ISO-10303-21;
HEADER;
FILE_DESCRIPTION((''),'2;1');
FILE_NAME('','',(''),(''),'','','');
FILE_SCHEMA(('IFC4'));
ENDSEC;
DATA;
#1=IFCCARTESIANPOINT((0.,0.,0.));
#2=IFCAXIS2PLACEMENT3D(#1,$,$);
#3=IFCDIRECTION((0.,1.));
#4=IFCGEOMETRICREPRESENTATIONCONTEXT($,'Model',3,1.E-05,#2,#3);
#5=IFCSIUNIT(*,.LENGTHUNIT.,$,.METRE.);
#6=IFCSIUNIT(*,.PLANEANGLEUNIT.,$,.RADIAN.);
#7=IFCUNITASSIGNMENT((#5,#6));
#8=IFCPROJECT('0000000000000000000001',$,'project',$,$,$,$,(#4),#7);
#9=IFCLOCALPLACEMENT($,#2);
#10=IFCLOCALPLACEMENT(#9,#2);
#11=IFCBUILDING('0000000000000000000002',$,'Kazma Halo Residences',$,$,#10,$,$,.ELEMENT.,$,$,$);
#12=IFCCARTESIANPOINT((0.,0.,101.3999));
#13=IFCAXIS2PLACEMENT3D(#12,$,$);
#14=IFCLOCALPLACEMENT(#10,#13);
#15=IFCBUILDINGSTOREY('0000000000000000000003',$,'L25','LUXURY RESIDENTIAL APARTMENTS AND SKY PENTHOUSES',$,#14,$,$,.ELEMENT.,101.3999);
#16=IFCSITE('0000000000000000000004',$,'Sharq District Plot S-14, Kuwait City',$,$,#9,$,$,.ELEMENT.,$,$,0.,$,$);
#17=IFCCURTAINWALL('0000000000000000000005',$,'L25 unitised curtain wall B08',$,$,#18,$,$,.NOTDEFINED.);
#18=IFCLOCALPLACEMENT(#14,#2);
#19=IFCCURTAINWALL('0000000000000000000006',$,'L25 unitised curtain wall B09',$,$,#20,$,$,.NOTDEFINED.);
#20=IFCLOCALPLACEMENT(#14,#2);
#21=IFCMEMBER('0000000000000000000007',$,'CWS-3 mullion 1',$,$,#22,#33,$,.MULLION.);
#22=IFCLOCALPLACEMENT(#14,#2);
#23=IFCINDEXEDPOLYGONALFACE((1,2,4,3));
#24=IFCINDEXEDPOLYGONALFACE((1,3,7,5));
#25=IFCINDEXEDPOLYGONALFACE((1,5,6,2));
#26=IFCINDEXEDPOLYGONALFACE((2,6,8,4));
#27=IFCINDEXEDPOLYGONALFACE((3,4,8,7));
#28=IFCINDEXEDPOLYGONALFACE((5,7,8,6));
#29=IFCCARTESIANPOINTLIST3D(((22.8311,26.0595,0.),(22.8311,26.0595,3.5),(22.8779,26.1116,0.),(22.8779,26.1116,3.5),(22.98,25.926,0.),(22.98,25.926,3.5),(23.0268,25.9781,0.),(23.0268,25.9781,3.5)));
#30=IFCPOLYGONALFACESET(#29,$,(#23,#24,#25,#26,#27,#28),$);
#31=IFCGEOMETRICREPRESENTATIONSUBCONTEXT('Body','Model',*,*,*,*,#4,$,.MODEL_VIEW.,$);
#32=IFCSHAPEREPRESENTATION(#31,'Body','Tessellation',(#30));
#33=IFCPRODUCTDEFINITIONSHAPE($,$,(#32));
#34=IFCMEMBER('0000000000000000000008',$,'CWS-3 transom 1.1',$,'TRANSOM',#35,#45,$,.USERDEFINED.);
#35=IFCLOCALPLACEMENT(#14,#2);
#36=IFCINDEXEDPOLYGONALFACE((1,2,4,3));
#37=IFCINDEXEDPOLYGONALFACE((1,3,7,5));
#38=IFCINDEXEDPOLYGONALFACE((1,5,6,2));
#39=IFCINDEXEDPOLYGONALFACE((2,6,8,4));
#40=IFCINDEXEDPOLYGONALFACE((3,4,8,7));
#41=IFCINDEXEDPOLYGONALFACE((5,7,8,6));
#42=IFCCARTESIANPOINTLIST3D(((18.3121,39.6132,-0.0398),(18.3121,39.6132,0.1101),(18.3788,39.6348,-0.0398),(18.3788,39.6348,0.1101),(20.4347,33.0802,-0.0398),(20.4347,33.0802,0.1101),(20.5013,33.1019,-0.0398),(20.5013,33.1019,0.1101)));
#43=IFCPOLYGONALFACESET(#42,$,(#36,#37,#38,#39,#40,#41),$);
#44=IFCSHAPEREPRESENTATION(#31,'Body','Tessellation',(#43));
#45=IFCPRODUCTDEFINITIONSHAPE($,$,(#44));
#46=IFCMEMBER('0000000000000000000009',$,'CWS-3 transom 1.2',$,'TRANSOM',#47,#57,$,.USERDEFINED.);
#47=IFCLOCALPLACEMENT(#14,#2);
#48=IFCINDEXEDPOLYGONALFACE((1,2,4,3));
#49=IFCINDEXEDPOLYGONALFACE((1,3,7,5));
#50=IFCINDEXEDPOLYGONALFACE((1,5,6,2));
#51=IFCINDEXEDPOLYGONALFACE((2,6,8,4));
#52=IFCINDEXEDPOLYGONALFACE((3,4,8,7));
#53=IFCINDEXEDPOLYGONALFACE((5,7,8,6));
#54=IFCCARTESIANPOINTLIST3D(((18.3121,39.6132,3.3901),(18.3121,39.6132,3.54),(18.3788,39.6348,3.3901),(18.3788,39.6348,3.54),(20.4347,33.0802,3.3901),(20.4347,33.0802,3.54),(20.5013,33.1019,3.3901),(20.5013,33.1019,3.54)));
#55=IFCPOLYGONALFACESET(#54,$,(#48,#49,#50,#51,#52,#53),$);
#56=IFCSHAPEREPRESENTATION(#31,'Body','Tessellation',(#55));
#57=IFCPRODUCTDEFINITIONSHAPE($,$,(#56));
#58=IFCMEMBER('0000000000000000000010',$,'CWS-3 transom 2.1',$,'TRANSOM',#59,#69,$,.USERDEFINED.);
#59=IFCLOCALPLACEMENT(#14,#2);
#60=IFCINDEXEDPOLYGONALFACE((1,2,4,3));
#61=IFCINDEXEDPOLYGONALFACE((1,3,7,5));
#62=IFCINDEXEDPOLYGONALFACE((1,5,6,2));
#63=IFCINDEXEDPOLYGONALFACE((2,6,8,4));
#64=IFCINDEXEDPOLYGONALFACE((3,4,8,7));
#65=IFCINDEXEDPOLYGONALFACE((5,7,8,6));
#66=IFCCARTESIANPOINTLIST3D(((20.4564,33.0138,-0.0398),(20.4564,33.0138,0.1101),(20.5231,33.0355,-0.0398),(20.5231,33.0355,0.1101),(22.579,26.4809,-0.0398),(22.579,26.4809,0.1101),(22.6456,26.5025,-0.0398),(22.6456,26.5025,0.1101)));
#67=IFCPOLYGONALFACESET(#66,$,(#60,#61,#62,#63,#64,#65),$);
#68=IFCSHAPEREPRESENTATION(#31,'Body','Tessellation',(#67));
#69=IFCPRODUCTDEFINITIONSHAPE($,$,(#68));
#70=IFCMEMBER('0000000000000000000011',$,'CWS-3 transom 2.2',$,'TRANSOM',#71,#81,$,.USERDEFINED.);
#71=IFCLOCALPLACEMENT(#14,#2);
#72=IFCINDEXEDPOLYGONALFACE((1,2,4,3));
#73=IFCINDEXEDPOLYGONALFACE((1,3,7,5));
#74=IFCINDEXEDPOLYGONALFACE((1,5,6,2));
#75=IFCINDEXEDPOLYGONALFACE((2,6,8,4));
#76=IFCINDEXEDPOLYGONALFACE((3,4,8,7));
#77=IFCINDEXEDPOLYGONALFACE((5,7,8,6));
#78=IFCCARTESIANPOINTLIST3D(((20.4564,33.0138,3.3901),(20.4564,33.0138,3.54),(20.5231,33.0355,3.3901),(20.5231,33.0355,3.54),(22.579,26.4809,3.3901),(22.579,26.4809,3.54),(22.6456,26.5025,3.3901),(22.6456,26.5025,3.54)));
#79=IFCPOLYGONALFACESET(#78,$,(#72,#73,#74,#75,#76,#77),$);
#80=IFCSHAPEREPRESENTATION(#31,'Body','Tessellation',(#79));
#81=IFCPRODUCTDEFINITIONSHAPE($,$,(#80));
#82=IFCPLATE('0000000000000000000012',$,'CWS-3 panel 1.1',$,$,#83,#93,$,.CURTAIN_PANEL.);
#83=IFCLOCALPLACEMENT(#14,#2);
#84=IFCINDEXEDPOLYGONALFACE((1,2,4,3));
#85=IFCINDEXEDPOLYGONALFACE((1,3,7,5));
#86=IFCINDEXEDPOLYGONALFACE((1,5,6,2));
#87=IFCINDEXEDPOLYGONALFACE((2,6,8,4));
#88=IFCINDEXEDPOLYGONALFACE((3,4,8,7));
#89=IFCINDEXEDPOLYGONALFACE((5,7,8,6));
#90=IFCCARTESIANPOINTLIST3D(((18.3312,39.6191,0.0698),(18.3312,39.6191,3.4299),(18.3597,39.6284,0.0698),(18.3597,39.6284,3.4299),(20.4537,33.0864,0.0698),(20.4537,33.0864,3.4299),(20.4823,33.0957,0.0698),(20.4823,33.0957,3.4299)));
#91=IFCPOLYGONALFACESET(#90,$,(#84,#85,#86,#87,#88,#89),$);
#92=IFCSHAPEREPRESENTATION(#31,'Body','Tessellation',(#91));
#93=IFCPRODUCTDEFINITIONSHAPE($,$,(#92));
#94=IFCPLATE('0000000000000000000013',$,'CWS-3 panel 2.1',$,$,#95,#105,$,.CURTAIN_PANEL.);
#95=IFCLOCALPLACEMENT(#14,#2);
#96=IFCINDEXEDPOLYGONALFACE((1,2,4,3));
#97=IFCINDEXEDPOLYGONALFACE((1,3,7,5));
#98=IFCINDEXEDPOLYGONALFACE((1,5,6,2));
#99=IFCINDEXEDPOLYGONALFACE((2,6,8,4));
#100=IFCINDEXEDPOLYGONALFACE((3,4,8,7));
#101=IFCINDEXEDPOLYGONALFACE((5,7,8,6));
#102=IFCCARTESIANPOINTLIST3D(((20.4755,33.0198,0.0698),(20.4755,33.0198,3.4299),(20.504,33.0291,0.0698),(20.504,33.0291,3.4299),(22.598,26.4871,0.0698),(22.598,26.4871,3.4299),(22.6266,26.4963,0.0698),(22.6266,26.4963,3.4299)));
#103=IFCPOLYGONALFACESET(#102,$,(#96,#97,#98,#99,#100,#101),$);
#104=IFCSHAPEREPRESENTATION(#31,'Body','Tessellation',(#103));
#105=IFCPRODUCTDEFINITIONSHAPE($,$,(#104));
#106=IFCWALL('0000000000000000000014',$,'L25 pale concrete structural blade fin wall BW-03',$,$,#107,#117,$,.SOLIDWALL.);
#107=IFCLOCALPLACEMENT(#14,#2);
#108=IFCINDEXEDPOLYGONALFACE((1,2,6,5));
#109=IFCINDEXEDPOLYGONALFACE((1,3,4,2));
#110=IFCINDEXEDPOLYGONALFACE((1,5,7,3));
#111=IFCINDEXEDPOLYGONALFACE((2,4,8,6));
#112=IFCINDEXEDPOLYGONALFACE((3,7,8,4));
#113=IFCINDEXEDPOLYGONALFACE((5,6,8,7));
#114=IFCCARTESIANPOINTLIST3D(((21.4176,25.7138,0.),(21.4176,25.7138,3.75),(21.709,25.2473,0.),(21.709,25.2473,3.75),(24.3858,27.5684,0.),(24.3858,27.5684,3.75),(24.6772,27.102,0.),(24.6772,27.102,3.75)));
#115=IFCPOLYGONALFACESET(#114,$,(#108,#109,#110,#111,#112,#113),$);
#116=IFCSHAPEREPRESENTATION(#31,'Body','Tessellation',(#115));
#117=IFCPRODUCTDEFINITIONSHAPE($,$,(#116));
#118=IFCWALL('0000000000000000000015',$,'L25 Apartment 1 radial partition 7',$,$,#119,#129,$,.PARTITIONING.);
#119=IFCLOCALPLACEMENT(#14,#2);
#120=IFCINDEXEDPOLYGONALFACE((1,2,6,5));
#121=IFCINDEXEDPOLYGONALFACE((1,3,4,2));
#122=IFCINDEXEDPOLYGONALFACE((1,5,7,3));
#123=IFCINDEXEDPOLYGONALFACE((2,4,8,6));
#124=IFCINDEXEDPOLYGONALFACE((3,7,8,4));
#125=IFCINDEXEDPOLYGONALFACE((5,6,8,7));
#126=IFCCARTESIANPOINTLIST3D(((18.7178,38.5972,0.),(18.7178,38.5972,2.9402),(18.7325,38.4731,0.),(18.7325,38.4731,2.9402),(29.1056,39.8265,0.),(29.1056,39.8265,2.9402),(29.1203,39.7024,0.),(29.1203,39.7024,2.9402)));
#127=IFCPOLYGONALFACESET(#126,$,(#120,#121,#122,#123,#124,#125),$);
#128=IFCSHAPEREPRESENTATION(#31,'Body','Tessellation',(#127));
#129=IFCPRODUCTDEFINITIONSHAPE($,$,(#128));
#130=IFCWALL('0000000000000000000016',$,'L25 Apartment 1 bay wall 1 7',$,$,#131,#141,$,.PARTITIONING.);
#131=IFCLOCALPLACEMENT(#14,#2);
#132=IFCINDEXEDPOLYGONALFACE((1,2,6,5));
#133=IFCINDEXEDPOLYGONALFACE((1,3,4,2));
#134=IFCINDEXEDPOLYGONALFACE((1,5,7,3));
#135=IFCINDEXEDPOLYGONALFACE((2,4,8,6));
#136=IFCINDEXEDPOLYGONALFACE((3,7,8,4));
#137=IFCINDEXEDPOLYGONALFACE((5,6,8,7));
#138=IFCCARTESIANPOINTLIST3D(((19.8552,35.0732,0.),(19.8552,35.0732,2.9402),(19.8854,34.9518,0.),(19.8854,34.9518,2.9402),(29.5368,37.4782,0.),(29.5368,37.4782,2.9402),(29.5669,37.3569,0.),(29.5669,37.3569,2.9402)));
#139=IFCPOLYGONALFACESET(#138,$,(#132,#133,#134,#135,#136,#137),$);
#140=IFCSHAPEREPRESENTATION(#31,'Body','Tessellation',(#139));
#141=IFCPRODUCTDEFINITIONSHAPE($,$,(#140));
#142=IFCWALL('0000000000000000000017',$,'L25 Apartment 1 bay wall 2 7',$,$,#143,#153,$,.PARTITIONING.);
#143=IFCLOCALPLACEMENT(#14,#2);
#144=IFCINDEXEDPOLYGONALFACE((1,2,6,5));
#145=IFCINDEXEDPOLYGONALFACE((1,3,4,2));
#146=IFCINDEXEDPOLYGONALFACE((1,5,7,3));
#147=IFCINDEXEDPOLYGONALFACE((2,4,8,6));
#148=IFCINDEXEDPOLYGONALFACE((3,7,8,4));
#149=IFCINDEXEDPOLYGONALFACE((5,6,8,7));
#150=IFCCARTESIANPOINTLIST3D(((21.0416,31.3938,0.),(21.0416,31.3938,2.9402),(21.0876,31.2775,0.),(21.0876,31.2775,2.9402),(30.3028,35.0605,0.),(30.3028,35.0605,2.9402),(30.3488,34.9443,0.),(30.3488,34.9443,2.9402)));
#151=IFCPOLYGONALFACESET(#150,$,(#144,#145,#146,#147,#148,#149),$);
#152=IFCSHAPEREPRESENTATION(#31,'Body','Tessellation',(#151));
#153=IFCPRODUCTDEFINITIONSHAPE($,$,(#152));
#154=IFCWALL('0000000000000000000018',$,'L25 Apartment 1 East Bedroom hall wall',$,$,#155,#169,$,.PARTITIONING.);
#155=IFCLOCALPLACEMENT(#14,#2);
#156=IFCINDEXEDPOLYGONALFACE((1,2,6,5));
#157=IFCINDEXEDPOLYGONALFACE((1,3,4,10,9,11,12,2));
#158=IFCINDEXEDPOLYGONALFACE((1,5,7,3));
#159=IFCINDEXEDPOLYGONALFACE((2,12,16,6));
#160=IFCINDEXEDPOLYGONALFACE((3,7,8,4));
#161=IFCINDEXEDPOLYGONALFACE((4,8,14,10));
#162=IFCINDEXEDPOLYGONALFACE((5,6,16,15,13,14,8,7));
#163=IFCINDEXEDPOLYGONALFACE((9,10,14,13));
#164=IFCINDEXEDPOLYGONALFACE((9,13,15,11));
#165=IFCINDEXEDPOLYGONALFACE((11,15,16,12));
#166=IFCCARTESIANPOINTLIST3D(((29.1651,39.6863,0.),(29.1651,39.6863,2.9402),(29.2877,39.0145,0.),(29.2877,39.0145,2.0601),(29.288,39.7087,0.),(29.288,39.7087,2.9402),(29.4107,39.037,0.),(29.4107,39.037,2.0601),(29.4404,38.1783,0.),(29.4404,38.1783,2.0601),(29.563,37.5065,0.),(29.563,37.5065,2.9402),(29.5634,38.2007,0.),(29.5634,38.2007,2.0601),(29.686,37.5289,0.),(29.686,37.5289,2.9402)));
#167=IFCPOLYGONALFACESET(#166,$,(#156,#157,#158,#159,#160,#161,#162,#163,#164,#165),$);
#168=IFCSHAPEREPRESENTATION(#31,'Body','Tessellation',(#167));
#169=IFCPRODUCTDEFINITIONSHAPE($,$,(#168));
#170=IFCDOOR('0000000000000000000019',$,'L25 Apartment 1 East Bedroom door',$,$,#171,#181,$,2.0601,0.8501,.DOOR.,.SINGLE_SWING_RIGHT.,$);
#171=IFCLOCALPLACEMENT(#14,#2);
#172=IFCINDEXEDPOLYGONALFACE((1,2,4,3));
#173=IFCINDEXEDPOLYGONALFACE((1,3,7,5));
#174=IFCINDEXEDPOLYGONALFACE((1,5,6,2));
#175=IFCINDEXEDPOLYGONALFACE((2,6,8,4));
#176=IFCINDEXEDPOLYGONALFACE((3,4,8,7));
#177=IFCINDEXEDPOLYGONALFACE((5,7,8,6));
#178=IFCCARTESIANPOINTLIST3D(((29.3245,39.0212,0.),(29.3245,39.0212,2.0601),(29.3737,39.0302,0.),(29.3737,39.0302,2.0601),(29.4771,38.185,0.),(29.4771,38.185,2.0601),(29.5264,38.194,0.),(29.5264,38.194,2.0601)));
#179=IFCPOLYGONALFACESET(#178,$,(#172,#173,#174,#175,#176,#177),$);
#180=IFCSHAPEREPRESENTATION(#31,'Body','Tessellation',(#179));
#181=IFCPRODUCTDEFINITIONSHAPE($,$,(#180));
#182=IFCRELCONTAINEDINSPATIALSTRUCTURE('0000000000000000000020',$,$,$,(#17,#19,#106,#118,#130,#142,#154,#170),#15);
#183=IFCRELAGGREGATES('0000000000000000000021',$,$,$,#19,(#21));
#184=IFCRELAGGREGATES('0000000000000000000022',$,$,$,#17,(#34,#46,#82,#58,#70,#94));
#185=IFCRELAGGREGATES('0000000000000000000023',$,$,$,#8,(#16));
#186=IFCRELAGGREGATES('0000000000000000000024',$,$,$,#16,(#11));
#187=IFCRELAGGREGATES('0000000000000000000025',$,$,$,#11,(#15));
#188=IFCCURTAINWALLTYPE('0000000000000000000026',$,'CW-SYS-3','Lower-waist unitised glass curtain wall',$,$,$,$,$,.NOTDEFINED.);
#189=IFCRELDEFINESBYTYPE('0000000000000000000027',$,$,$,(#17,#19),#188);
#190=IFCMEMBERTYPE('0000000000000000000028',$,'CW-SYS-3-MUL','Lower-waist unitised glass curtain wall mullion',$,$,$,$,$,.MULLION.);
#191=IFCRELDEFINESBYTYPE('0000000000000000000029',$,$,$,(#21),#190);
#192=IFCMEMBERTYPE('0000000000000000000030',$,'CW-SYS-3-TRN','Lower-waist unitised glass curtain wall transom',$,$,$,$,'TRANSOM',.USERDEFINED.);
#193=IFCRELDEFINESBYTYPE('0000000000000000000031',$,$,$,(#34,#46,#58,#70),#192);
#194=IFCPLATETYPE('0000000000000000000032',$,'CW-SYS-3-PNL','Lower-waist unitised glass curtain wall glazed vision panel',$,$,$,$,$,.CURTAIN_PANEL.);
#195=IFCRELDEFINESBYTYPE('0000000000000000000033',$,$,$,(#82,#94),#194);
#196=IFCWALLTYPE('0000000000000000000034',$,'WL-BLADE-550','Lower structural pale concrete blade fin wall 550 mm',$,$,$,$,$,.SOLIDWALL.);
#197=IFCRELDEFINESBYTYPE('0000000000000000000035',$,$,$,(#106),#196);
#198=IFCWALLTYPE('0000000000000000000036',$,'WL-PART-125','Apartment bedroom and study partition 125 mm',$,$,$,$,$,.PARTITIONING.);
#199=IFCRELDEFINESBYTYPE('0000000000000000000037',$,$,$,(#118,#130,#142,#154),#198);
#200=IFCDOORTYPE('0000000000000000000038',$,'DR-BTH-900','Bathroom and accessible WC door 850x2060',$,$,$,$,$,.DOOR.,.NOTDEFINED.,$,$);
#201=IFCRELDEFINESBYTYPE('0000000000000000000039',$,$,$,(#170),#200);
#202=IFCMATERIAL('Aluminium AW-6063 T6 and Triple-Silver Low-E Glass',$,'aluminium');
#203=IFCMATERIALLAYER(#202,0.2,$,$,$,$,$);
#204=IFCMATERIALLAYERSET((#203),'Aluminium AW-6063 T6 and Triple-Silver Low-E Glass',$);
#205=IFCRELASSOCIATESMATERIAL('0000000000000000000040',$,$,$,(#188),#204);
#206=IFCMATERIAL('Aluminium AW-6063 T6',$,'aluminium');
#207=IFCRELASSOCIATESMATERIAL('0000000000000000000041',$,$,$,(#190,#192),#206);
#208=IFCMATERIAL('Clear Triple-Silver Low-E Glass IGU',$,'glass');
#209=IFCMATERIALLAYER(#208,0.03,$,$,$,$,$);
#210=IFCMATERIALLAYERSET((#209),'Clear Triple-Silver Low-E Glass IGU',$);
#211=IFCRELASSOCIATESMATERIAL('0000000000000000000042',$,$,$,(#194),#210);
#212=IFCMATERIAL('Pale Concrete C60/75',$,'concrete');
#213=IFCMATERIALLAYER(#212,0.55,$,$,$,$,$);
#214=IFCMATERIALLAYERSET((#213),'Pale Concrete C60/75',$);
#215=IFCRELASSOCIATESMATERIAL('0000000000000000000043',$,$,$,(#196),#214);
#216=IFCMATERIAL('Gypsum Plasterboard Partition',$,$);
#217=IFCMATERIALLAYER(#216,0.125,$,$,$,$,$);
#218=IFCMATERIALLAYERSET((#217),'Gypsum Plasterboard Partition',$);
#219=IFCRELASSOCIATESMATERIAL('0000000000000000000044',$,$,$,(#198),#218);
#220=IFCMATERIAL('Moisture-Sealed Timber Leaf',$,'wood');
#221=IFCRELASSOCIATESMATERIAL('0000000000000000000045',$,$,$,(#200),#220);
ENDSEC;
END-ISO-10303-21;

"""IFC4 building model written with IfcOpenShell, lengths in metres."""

from ifc_helpers import new_model, si_unit, direction, frame, frame_2d, origin, origin_2d, place, context, subcontext, project, spatial, rectangle, extrude, material, layer, layer_set, material_profile, profile_set, type_object, element, fill, aggregate, save


model = new_model("IFC4")

# Units and contexts
model_context = context("Model", 3, precision=1e-05, world=origin(), true_north=direction((0.0, 1.0)))
body_context = subcontext(model_context, "Body", "Model", "MODEL_VIEW")
ifc_project = project(units=[si_unit("LENGTHUNIT", "METRE"), si_unit("PLANEANGLEUNIT", "RADIAN")], contexts=[model_context])

# Site, building, storey
site_placement = place(None, origin())
site = spatial("IfcSite", under=ifc_project, at=site_placement, Name="Sharq District Plot S-14, Kuwait City", CompositionType="ELEMENT", RefElevation=0.0)
building_placement = place(site_placement, origin())
building = spatial("IfcBuilding", under=site, at=building_placement, Name="Kazma Halo Residences", CompositionType="ELEMENT")
storey_placement = place(building_placement, frame((0.0, 0.0, 101.3999)))
storey = spatial("IfcBuildingStorey", under=building, at=storey_placement, Name="L25", Description="LUXURY RESIDENTIAL APARTMENTS AND SKY PENTHOUSES", CompositionType="ELEMENT", Elevation=101.3999)

# Curtain wall
ifc_material_1 = material(Name="Aluminium AW-6063 T6 and Triple-Silver Low-E Glass", Category="aluminium")
ifc_layer_1 = layer(ifc_material_1, 0.2)
ifc_layer_set_1 = layer_set([ifc_layer_1], Name="Aluminium AW-6063 T6 and Triple-Silver Low-E Glass")
curtain_wall_type = type_object("IfcCurtainWallType", Name="CW-SYS-3", Description="Lower-waist unitised glass curtain wall", PredefinedType="NOTDEFINED", material=ifc_layer_set_1)
curtain_wall_1_placement = place(storey_placement, origin())
curtain_wall_1 = element("IfcCurtainWall", 1, at=curtain_wall_1_placement, inside=storey, type_object=curtain_wall_type, Name="L25 unitised curtain wall B08", PredefinedType="NOTDEFINED")
ifc_material_2 = material(Name="Aluminium AW-6063 T6", Category="aluminium")
ifc_material_profile_1 = material_profile(ifc_material_2, rectangle(XDim=0.0701, YDim=0.2, at=origin_2d()), Name="CWM-70x200")
ifc_profile_set_1 = profile_set([ifc_material_profile_1], Name="Aluminium AW-6063 T6")
member_type_1 = type_object("IfcMemberType", Name="CW-SYS-3-MUL", Description="Lower-waist unitised glass curtain wall mullion", PredefinedType="MULLION", material=ifc_profile_set_1)

# Curtain wall, member
curtain_wall_2_placement = place(storey_placement, origin())
curtain_wall_2 = element("IfcCurtainWall", 2, at=curtain_wall_2_placement, inside=storey, type_object=curtain_wall_type, Name="L25 unitised curtain wall B09", PredefinedType="NOTDEFINED")
member_1_placement = place(storey_placement, frame((22.929, 26.0188, 0.0), z_axis=(0.0, 0.0, 1.0), x_axis=(0.667795, 0.744345, 0.0)))
member_1 = element("IfcMember", 3, at=member_1_placement, type_object=member_type_1, Name="CWS-3 mullion 1", PredefinedType="MULLION", context=body_context, shape_type="SweptSolid", body=[
    extrude(rectangle(XDim=0.0701, YDim=0.2, at=origin_2d()), origin(), (0.0, 0.0, 1.0), 3.5),
])
aggregate(curtain_wall_2, [member_1])

# Members
ifc_material_profile_2 = material_profile(ifc_material_2, rectangle(XDim=0.0701, YDim=0.1499, at=origin_2d()), Name="CWT-70x150")
ifc_profile_set_2 = profile_set([ifc_material_profile_2], Name="Aluminium AW-6063 T6")
member_type_2 = type_object("IfcMemberType", Name="CW-SYS-3-TRN", Description="Lower-waist unitised glass curtain wall transom", ElementType="TRANSOM", PredefinedType="USERDEFINED", material=ifc_profile_set_2)
member_2_placement = place(storey_placement, frame((18.3455, 39.624, 0.0352), z_axis=(0.309, -0.951062, 0.0), x_axis=(0.951062, 0.309, 0.0)))
member_2 = element("IfcMember", 4, at=member_2_placement, type_object=member_type_2, Name="CWS-3 transom 1.1", ObjectType="TRANSOM", PredefinedType="USERDEFINED", context=body_context, shape_type="SweptSolid", body=[
    extrude(rectangle(XDim=0.0701, YDim=0.1499, at=origin_2d()), origin(), (0.0, 0.0, 1.0), 6.8691),
])
member_3_placement = place(storey_placement, frame((18.3455, 39.624, 3.4651), z_axis=(0.309, -0.951062, 0.0), x_axis=(0.951062, 0.309, 0.0)))
member_3 = element("IfcMember", 5, at=member_3_placement, type_object=member_type_2, Name="CWS-3 transom 1.2", ObjectType="TRANSOM", PredefinedType="USERDEFINED", context=body_context, shape_type="SweptSolid", body=[
    extrude(rectangle(XDim=0.0701, YDim=0.1499, at=origin_2d()), origin(), (0.0, 0.0, 1.0), 6.8691),
])
member_4_placement = place(storey_placement, frame((20.4897, 33.0247, 0.0352), z_axis=(0.309, -0.951062, 0.0), x_axis=(0.951062, 0.309, 0.0)))
member_4 = element("IfcMember", 6, at=member_4_placement, type_object=member_type_2, Name="CWS-3 transom 2.1", ObjectType="TRANSOM", PredefinedType="USERDEFINED", context=body_context, shape_type="SweptSolid", body=[
    extrude(rectangle(XDim=0.0701, YDim=0.1499, at=origin_2d()), origin(), (0.0, 0.0, 1.0), 6.8691),
])
member_5_placement = place(storey_placement, frame((20.4897, 33.0247, 3.4651), z_axis=(0.309, -0.951062, 0.0), x_axis=(0.951062, 0.309, 0.0)))
member_5 = element("IfcMember", 7, at=member_5_placement, type_object=member_type_2, Name="CWS-3 transom 2.2", ObjectType="TRANSOM", PredefinedType="USERDEFINED", context=body_context, shape_type="SweptSolid", body=[
    extrude(rectangle(XDim=0.0701, YDim=0.1499, at=origin_2d()), origin(), (0.0, 0.0, 1.0), 6.8691),
])

# Plates
ifc_material_3 = material(Name="Clear Triple-Silver Low-E Glass IGU", Category="glass")
ifc_layer_2 = layer(ifc_material_3, 0.03)
ifc_layer_set_2 = layer_set([ifc_layer_2], Name="Clear Triple-Silver Low-E Glass IGU")
plate_type = type_object("IfcPlateType", Name="CW-SYS-3-PNL", Description="Lower-waist unitised glass curtain wall glazed vision panel", PredefinedType="CURTAIN_PANEL", material=ifc_layer_set_2)
plate_1_placement = place(storey_placement, frame((19.4067, 36.3574, 0.0698), z_axis=(0.0, 0.0, 1.0), x_axis=(0.309013, -0.951058, 0.0)))
plate_1 = element("IfcPlate", 8, at=plate_1_placement, type_object=plate_type, Name="CWS-3 panel 1.1", PredefinedType="CURTAIN_PANEL", context=body_context, shape_type="SweptSolid", body=[
    extrude(rectangle(XDim=6.8689, YDim=0.03, at=origin_2d()), origin(), (0.0, 0.0, 1.0), 3.3601),
])
plate_2_placement = place(storey_placement, frame((21.551, 29.7581, 0.0698), z_axis=(0.0, 0.0, 1.0), x_axis=(0.309013, -0.951058, 0.0)))
plate_2 = element("IfcPlate", 9, at=plate_2_placement, type_object=plate_type, Name="CWS-3 panel 2.1", PredefinedType="CURTAIN_PANEL", context=body_context, shape_type="SweptSolid", body=[
    extrude(rectangle(XDim=6.8689, YDim=0.03, at=origin_2d()), origin(), (0.0, 0.0, 1.0), 3.3601),
])
aggregate(curtain_wall_1, [member_2, member_3, plate_1, member_4, member_5, plate_2])

# Walls
ifc_material_4 = material(Name="Pale Concrete C60/75", Category="concrete")
ifc_layer_3 = layer(ifc_material_4, 0.55)
ifc_layer_set_3 = layer_set([ifc_layer_3], Name="Pale Concrete C60/75")
wall_type_1 = type_object("IfcWallType", Name="WL-BLADE-550", Description="Lower structural pale concrete blade fin wall 550 mm", PredefinedType="SOLIDWALL", material=ifc_layer_set_3)
wall_1_placement = place(storey_placement, frame((24.5315, 27.3352, 0.0), z_axis=(0.0, 0.0, 1.0), x_axis=(-0.848053, -0.529911, 0.0)))
element("IfcWall", 10, at=wall_1_placement, inside=storey, type_object=wall_type_1, Name="L25 pale concrete structural blade fin wall BW-03", PredefinedType="SOLIDWALL", context=body_context, shape_type="SweptSolid", body=[
    extrude(rectangle(XDim=3.5, YDim=0.55, at=frame_2d((1.75, 0.0))), origin(), (0.0, 0.0, 1.0), 3.75),
])
ifc_material_5 = material(Name="Gypsum Plasterboard Partition")
ifc_layer_4 = layer(ifc_material_5, 0.125)
ifc_layer_set_4 = layer_set([ifc_layer_4], Name="Gypsum Plasterboard Partition")
wall_type_2 = type_object("IfcWallType", Name="WL-PART-125", Description="Apartment bedroom and study partition 125 mm", PredefinedType="PARTITIONING", material=ifc_layer_set_4)
wall_2_placement = place(storey_placement, frame((29.1128, 39.7644, 0.0), z_axis=(0.0, 0.0, 1.0), x_axis=(-0.993071, -0.117517, 0.0)))
element("IfcWall", 11, at=wall_2_placement, inside=storey, type_object=wall_type_2, Name="L25 Apartment 1 radial partition 7", PredefinedType="PARTITIONING", context=body_context, shape_type="SweptSolid", body=[
    extrude(rectangle(XDim=10.4602, YDim=0.125, at=frame_2d((5.23, 0.0))), origin(), (0.0, 0.0, 1.0), 2.9402),
])
wall_3_placement = place(storey_placement, frame((29.5518, 37.4175, 0.0), z_axis=(0.0, 0.0, 1.0), x_axis=(-0.970504, -0.241084, 0.0)))
element("IfcWall", 12, at=wall_3_placement, inside=storey, type_object=wall_type_2, Name="L25 Apartment 1 bay wall 1 7", PredefinedType="PARTITIONING", context=body_context, shape_type="SweptSolid", body=[
    extrude(rectangle(XDim=9.9758, YDim=0.125, at=frame_2d((4.9878, 0.0))), origin(), (0.0, 0.0, 1.0), 2.9402),
])
wall_4_placement = place(storey_placement, frame((30.3259, 35.0024, 0.0), z_axis=(0.0, 0.0, 1.0), x_axis=(-0.929778, -0.368122, 0.0)))
element("IfcWall", 13, at=wall_4_placement, inside=storey, type_object=wall_type_2, Name="L25 Apartment 1 bay wall 2 7", PredefinedType="PARTITIONING", context=body_context, shape_type="SweptSolid", body=[
    extrude(rectangle(XDim=9.9607, YDim=0.125, at=frame_2d((4.9805, 0.0))), origin(), (0.0, 0.0, 1.0), 2.9402),
])

# Wall, opening, door
wall_5_placement = place(storey_placement, frame((29.2266, 39.6975, 0.0), z_axis=(0.0, 0.0, 1.0), x_axis=(0.179603, -0.983739, 0.0)))
wall_5 = element("IfcWall", 14, at=wall_5_placement, inside=storey, type_object=wall_type_2, Name="L25 Apartment 1 East Bedroom hall wall", PredefinedType="PARTITIONING", context=body_context, shape_type="SweptSolid", body=[
    extrude(rectangle(XDim=2.2158, YDim=0.125, at=frame_2d((1.1079, 0.0))), origin(), (0.0, 0.0, 1.0), 2.9402),
])
opening_1_placement = place(wall_5_placement, frame((0.6829, 0.0, 0.0)))
opening_1 = element("IfcOpeningElement", 15, at=opening_1_placement, cuts=wall_5, PredefinedType="OPENING", context=body_context, shape_type="SweptSolid", body=[
    extrude(rectangle(XDim=0.8501, YDim=2.0601, at=frame_2d((0.425, 1.03))), frame((0.0, 0.0725, 0.0), z_axis=(0.0, -1.0, 0.0), x_axis=(1.0, 0.0, 0.0)), (0.0, 0.0, 1.0), 0.145),
])
ifc_material_6 = material(Name="Moisture-Sealed Timber Leaf", Category="wood")
door_type = type_object("IfcDoorType", Name="DR-BTH-900", Description="Bathroom and accessible WC door 850x2060", OperationType="NOTDEFINED", PredefinedType="DOOR", material=ifc_material_6)
door_1_placement = place(opening_1_placement, origin())
door_1 = element("IfcDoor", 16, at=door_1_placement, inside=storey, type_object=door_type, Name="L25 Apartment 1 East Bedroom door", OperationType="SINGLE_SWING_RIGHT", OverallHeight=2.0601, OverallWidth=0.8501, PredefinedType="DOOR", context=body_context, shape_type="SweptSolid", body=[
    extrude(rectangle(XDim=0.8501, YDim=2.0601, at=frame_2d((0.425, 1.03))), frame((0.0, 0.0249, 0.0), z_axis=(0.0, -1.0, 0.0), x_axis=(1.0, 0.0, 0.0)), (0.0, 0.0, 1.0), 0.05),
])
fill(opening_1, door_1)

save(model, "model.ifc")
